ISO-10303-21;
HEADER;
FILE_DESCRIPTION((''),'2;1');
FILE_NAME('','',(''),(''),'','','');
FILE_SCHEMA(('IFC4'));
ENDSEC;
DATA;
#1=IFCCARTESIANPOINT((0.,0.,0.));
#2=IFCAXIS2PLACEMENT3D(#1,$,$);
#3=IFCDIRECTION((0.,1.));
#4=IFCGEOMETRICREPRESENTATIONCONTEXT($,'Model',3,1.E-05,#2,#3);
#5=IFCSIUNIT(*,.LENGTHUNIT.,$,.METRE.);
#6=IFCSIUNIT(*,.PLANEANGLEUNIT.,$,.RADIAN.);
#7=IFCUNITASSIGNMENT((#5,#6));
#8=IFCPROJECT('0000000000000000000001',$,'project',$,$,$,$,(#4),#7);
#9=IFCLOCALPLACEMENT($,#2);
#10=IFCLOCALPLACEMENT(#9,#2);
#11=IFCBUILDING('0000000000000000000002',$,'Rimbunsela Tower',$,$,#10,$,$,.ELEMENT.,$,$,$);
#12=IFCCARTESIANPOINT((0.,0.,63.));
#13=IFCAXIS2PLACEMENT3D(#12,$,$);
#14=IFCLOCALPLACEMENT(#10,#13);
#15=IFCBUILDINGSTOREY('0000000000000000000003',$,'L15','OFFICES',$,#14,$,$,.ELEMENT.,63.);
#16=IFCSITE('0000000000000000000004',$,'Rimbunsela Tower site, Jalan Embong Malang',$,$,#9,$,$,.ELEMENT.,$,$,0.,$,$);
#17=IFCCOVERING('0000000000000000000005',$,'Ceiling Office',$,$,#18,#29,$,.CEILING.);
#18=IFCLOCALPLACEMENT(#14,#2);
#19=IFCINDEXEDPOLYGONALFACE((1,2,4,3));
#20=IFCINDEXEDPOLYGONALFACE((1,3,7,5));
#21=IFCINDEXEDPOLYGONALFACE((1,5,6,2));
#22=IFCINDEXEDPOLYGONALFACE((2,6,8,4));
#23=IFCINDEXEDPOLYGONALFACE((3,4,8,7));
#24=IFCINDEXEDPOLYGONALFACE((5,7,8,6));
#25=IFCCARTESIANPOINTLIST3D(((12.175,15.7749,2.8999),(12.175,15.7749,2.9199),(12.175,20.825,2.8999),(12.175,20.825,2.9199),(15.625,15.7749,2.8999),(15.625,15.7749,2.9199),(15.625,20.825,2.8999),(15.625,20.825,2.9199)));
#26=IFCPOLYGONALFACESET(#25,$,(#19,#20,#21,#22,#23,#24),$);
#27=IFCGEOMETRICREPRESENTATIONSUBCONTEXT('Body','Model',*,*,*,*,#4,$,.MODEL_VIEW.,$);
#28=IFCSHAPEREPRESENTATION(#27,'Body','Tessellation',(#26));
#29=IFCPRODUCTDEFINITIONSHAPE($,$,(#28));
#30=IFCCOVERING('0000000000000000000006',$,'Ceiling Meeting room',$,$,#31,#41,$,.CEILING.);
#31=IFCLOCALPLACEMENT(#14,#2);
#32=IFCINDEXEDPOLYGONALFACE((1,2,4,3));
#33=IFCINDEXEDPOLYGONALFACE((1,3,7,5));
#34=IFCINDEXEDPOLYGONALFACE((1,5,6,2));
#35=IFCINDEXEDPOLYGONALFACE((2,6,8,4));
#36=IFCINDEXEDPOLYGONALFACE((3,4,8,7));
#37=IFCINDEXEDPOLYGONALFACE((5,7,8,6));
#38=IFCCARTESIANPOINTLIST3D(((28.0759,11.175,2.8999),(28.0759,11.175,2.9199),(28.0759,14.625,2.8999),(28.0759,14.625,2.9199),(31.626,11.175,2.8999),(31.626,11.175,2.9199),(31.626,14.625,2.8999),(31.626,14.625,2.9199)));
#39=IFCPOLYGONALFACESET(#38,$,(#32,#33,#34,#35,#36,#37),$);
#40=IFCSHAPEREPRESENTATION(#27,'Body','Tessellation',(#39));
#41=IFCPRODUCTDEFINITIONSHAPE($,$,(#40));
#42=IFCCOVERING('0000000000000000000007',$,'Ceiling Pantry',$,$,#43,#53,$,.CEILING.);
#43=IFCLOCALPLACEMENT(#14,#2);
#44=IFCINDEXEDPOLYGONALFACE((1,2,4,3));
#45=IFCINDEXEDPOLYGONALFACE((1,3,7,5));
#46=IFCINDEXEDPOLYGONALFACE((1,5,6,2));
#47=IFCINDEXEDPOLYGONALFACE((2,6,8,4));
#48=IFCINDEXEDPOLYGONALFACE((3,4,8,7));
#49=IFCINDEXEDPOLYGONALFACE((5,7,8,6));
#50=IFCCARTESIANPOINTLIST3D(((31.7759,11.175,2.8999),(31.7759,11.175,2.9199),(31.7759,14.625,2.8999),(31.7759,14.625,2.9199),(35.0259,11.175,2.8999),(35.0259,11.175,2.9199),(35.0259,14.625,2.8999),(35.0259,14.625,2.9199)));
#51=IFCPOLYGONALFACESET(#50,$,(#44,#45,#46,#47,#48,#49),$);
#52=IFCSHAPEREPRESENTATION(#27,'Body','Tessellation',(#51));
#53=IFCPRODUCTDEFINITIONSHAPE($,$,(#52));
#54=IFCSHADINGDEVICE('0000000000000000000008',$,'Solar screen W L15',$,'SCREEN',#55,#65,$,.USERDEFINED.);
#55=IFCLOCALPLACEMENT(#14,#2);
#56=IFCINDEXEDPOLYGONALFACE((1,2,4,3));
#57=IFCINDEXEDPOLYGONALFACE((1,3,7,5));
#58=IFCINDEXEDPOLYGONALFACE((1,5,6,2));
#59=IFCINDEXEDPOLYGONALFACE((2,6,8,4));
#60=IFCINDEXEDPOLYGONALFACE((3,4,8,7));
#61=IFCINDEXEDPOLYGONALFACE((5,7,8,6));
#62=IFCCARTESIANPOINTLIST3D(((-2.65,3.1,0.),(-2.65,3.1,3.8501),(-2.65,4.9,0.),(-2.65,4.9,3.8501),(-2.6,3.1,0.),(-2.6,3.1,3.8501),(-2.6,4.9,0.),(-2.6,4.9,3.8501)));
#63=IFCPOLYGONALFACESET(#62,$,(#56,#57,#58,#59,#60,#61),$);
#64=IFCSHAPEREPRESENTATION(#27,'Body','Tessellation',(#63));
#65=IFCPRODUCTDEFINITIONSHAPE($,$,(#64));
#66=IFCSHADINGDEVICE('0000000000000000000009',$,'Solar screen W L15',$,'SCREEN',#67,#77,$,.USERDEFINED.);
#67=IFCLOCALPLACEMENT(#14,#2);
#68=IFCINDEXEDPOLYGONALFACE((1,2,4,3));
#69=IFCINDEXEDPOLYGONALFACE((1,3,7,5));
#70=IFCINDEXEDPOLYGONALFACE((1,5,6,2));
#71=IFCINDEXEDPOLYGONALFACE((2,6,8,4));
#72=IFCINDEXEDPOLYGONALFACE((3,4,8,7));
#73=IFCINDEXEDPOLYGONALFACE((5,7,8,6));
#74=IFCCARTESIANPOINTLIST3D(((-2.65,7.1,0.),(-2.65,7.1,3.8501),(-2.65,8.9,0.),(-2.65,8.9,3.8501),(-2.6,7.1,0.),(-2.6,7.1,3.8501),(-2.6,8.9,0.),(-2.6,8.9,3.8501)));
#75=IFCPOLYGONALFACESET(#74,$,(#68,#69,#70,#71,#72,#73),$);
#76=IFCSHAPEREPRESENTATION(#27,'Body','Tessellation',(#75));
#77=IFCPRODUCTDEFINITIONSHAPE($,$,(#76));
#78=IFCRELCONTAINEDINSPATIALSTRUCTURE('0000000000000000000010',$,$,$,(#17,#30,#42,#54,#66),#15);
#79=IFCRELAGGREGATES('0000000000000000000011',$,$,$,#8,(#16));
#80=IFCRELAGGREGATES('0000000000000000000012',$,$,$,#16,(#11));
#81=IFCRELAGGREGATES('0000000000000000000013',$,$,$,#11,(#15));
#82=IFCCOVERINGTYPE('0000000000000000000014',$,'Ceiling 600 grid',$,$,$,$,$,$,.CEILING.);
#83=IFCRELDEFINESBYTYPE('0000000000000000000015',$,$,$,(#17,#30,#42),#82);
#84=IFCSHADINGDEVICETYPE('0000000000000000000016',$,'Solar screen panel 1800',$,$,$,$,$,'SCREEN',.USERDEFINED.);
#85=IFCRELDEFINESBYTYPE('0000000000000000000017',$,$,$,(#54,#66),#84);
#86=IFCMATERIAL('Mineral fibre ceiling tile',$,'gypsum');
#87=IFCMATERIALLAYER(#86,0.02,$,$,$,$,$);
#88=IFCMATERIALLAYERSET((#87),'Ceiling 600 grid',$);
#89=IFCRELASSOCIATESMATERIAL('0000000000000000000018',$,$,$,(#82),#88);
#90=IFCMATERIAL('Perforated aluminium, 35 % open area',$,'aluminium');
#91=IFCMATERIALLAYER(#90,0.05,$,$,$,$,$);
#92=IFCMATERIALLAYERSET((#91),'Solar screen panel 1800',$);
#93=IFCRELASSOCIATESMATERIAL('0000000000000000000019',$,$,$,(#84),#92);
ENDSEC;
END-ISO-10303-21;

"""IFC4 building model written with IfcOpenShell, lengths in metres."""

from ifc_helpers import new_model, si_unit, direction, frame, origin, origin_2d, place, context, subcontext, project, spatial, polyline, rectangle, outline, extrude, material, layer, layer_set, type_object, element, save


model = new_model("IFC4")

# Units and contexts
model_context = context("Model", 3, precision=1e-05, world=origin(), true_north=direction((0.0, 1.0)))
body_context = subcontext(model_context, "Body", "Model", "MODEL_VIEW")
ifc_project = project(units=[si_unit("LENGTHUNIT", "METRE"), si_unit("PLANEANGLEUNIT", "RADIAN")], contexts=[model_context])

# Site, building, storey
site_placement = place(None, origin())
site = spatial("IfcSite", under=ifc_project, at=site_placement, Name="Rimbunsela Tower site, Jalan Embong Malang", CompositionType="ELEMENT", RefElevation=0.0)
building_placement = place(site_placement, origin())
building = spatial("IfcBuilding", under=site, at=building_placement, Name="Rimbunsela Tower", CompositionType="ELEMENT")
storey_placement = place(building_placement, frame((0.0, 0.0, 63.0)))
storey = spatial("IfcBuildingStorey", under=building, at=storey_placement, Name="L15", Description="OFFICES", CompositionType="ELEMENT", Elevation=63.0)

# Coverings
ifc_material_1 = material(Name="Mineral fibre ceiling tile", Category="gypsum")
ifc_layer_1 = layer(ifc_material_1, 0.02)
ifc_layer_set_1 = layer_set([ifc_layer_1], Name="Ceiling 600 grid")
covering_type_1 = type_object("IfcCoveringType", Name="Ceiling 600 grid", PredefinedType="CEILING", material=ifc_layer_set_1)
covering_1_placement = place(storey_placement, frame((0.0, 0.0, 2.8999)))
element("IfcCovering", 1, at=covering_1_placement, inside=storey, type_object=covering_type_1, Name="Ceiling Office", PredefinedType="CEILING", context=body_context, shape_type="SweptSolid", body=[
    extrude(outline(polyline([(15.625, 15.7749), (15.625, 20.825), (12.175, 20.825), (12.175, 15.7749), (15.625, 15.7749)])), origin(), (0.0, 0.0, 1.0), 0.02),
])
covering_2_placement = place(storey_placement, frame((0.0, 0.0, 2.8999)))
element("IfcCovering", 2, at=covering_2_placement, inside=storey, type_object=covering_type_1, Name="Ceiling Meeting room", PredefinedType="CEILING", context=body_context, shape_type="SweptSolid", body=[
    extrude(outline(polyline([(31.626, 11.175), (31.626, 14.625), (28.0759, 14.625), (28.0759, 11.175), (31.626, 11.175)])), origin(), (0.0, 0.0, 1.0), 0.02),
])
covering_3_placement = place(storey_placement, frame((0.0, 0.0, 2.8999)))
element("IfcCovering", 3, at=covering_3_placement, inside=storey, type_object=covering_type_1, Name="Ceiling Pantry", PredefinedType="CEILING", context=body_context, shape_type="SweptSolid", body=[
    extrude(outline(polyline([(35.0259, 11.175), (35.0259, 14.625), (31.7759, 14.625), (31.7759, 11.175), (35.0259, 11.175)])), origin(), (0.0, 0.0, 1.0), 0.02),
])

# Shading devices
ifc_material_2 = material(Name="Perforated aluminium, 35 % open area", Category="aluminium")
ifc_layer_2 = layer(ifc_material_2, 0.05)
ifc_layer_set_2 = layer_set([ifc_layer_2], Name="Solar screen panel 1800")
shading_device_type = type_object("IfcShadingDeviceType", Name="Solar screen panel 1800", ElementType="SCREEN", PredefinedType="USERDEFINED", material=ifc_layer_set_2)
for number, where, z_axis, x_axis, name in (
    (4, (-2.625, 4.0, 0.0), (0.0, 0.0, 1.0), (0.0, 1.0, 0.0), "Solar screen W L15"),
    (5, (-2.625, 8.0, 0.0), (0.0, 0.0, 1.0), (0.0, 1.0, 0.0), "Solar screen W L15"),
):
    element("IfcShadingDevice", number, at=place(storey_placement, frame(where, z_axis=z_axis, x_axis=x_axis)), inside=storey, type_object=shading_device_type, Name=name, ObjectType="SCREEN", PredefinedType="USERDEFINED", context=body_context, shape_type="SweptSolid", body=[
        extrude(rectangle(XDim=1.8, YDim=0.05, at=origin_2d()), origin(), (0.0, 0.0, 1.0), 3.8501),
    ])

save(model, "model.ifc")
